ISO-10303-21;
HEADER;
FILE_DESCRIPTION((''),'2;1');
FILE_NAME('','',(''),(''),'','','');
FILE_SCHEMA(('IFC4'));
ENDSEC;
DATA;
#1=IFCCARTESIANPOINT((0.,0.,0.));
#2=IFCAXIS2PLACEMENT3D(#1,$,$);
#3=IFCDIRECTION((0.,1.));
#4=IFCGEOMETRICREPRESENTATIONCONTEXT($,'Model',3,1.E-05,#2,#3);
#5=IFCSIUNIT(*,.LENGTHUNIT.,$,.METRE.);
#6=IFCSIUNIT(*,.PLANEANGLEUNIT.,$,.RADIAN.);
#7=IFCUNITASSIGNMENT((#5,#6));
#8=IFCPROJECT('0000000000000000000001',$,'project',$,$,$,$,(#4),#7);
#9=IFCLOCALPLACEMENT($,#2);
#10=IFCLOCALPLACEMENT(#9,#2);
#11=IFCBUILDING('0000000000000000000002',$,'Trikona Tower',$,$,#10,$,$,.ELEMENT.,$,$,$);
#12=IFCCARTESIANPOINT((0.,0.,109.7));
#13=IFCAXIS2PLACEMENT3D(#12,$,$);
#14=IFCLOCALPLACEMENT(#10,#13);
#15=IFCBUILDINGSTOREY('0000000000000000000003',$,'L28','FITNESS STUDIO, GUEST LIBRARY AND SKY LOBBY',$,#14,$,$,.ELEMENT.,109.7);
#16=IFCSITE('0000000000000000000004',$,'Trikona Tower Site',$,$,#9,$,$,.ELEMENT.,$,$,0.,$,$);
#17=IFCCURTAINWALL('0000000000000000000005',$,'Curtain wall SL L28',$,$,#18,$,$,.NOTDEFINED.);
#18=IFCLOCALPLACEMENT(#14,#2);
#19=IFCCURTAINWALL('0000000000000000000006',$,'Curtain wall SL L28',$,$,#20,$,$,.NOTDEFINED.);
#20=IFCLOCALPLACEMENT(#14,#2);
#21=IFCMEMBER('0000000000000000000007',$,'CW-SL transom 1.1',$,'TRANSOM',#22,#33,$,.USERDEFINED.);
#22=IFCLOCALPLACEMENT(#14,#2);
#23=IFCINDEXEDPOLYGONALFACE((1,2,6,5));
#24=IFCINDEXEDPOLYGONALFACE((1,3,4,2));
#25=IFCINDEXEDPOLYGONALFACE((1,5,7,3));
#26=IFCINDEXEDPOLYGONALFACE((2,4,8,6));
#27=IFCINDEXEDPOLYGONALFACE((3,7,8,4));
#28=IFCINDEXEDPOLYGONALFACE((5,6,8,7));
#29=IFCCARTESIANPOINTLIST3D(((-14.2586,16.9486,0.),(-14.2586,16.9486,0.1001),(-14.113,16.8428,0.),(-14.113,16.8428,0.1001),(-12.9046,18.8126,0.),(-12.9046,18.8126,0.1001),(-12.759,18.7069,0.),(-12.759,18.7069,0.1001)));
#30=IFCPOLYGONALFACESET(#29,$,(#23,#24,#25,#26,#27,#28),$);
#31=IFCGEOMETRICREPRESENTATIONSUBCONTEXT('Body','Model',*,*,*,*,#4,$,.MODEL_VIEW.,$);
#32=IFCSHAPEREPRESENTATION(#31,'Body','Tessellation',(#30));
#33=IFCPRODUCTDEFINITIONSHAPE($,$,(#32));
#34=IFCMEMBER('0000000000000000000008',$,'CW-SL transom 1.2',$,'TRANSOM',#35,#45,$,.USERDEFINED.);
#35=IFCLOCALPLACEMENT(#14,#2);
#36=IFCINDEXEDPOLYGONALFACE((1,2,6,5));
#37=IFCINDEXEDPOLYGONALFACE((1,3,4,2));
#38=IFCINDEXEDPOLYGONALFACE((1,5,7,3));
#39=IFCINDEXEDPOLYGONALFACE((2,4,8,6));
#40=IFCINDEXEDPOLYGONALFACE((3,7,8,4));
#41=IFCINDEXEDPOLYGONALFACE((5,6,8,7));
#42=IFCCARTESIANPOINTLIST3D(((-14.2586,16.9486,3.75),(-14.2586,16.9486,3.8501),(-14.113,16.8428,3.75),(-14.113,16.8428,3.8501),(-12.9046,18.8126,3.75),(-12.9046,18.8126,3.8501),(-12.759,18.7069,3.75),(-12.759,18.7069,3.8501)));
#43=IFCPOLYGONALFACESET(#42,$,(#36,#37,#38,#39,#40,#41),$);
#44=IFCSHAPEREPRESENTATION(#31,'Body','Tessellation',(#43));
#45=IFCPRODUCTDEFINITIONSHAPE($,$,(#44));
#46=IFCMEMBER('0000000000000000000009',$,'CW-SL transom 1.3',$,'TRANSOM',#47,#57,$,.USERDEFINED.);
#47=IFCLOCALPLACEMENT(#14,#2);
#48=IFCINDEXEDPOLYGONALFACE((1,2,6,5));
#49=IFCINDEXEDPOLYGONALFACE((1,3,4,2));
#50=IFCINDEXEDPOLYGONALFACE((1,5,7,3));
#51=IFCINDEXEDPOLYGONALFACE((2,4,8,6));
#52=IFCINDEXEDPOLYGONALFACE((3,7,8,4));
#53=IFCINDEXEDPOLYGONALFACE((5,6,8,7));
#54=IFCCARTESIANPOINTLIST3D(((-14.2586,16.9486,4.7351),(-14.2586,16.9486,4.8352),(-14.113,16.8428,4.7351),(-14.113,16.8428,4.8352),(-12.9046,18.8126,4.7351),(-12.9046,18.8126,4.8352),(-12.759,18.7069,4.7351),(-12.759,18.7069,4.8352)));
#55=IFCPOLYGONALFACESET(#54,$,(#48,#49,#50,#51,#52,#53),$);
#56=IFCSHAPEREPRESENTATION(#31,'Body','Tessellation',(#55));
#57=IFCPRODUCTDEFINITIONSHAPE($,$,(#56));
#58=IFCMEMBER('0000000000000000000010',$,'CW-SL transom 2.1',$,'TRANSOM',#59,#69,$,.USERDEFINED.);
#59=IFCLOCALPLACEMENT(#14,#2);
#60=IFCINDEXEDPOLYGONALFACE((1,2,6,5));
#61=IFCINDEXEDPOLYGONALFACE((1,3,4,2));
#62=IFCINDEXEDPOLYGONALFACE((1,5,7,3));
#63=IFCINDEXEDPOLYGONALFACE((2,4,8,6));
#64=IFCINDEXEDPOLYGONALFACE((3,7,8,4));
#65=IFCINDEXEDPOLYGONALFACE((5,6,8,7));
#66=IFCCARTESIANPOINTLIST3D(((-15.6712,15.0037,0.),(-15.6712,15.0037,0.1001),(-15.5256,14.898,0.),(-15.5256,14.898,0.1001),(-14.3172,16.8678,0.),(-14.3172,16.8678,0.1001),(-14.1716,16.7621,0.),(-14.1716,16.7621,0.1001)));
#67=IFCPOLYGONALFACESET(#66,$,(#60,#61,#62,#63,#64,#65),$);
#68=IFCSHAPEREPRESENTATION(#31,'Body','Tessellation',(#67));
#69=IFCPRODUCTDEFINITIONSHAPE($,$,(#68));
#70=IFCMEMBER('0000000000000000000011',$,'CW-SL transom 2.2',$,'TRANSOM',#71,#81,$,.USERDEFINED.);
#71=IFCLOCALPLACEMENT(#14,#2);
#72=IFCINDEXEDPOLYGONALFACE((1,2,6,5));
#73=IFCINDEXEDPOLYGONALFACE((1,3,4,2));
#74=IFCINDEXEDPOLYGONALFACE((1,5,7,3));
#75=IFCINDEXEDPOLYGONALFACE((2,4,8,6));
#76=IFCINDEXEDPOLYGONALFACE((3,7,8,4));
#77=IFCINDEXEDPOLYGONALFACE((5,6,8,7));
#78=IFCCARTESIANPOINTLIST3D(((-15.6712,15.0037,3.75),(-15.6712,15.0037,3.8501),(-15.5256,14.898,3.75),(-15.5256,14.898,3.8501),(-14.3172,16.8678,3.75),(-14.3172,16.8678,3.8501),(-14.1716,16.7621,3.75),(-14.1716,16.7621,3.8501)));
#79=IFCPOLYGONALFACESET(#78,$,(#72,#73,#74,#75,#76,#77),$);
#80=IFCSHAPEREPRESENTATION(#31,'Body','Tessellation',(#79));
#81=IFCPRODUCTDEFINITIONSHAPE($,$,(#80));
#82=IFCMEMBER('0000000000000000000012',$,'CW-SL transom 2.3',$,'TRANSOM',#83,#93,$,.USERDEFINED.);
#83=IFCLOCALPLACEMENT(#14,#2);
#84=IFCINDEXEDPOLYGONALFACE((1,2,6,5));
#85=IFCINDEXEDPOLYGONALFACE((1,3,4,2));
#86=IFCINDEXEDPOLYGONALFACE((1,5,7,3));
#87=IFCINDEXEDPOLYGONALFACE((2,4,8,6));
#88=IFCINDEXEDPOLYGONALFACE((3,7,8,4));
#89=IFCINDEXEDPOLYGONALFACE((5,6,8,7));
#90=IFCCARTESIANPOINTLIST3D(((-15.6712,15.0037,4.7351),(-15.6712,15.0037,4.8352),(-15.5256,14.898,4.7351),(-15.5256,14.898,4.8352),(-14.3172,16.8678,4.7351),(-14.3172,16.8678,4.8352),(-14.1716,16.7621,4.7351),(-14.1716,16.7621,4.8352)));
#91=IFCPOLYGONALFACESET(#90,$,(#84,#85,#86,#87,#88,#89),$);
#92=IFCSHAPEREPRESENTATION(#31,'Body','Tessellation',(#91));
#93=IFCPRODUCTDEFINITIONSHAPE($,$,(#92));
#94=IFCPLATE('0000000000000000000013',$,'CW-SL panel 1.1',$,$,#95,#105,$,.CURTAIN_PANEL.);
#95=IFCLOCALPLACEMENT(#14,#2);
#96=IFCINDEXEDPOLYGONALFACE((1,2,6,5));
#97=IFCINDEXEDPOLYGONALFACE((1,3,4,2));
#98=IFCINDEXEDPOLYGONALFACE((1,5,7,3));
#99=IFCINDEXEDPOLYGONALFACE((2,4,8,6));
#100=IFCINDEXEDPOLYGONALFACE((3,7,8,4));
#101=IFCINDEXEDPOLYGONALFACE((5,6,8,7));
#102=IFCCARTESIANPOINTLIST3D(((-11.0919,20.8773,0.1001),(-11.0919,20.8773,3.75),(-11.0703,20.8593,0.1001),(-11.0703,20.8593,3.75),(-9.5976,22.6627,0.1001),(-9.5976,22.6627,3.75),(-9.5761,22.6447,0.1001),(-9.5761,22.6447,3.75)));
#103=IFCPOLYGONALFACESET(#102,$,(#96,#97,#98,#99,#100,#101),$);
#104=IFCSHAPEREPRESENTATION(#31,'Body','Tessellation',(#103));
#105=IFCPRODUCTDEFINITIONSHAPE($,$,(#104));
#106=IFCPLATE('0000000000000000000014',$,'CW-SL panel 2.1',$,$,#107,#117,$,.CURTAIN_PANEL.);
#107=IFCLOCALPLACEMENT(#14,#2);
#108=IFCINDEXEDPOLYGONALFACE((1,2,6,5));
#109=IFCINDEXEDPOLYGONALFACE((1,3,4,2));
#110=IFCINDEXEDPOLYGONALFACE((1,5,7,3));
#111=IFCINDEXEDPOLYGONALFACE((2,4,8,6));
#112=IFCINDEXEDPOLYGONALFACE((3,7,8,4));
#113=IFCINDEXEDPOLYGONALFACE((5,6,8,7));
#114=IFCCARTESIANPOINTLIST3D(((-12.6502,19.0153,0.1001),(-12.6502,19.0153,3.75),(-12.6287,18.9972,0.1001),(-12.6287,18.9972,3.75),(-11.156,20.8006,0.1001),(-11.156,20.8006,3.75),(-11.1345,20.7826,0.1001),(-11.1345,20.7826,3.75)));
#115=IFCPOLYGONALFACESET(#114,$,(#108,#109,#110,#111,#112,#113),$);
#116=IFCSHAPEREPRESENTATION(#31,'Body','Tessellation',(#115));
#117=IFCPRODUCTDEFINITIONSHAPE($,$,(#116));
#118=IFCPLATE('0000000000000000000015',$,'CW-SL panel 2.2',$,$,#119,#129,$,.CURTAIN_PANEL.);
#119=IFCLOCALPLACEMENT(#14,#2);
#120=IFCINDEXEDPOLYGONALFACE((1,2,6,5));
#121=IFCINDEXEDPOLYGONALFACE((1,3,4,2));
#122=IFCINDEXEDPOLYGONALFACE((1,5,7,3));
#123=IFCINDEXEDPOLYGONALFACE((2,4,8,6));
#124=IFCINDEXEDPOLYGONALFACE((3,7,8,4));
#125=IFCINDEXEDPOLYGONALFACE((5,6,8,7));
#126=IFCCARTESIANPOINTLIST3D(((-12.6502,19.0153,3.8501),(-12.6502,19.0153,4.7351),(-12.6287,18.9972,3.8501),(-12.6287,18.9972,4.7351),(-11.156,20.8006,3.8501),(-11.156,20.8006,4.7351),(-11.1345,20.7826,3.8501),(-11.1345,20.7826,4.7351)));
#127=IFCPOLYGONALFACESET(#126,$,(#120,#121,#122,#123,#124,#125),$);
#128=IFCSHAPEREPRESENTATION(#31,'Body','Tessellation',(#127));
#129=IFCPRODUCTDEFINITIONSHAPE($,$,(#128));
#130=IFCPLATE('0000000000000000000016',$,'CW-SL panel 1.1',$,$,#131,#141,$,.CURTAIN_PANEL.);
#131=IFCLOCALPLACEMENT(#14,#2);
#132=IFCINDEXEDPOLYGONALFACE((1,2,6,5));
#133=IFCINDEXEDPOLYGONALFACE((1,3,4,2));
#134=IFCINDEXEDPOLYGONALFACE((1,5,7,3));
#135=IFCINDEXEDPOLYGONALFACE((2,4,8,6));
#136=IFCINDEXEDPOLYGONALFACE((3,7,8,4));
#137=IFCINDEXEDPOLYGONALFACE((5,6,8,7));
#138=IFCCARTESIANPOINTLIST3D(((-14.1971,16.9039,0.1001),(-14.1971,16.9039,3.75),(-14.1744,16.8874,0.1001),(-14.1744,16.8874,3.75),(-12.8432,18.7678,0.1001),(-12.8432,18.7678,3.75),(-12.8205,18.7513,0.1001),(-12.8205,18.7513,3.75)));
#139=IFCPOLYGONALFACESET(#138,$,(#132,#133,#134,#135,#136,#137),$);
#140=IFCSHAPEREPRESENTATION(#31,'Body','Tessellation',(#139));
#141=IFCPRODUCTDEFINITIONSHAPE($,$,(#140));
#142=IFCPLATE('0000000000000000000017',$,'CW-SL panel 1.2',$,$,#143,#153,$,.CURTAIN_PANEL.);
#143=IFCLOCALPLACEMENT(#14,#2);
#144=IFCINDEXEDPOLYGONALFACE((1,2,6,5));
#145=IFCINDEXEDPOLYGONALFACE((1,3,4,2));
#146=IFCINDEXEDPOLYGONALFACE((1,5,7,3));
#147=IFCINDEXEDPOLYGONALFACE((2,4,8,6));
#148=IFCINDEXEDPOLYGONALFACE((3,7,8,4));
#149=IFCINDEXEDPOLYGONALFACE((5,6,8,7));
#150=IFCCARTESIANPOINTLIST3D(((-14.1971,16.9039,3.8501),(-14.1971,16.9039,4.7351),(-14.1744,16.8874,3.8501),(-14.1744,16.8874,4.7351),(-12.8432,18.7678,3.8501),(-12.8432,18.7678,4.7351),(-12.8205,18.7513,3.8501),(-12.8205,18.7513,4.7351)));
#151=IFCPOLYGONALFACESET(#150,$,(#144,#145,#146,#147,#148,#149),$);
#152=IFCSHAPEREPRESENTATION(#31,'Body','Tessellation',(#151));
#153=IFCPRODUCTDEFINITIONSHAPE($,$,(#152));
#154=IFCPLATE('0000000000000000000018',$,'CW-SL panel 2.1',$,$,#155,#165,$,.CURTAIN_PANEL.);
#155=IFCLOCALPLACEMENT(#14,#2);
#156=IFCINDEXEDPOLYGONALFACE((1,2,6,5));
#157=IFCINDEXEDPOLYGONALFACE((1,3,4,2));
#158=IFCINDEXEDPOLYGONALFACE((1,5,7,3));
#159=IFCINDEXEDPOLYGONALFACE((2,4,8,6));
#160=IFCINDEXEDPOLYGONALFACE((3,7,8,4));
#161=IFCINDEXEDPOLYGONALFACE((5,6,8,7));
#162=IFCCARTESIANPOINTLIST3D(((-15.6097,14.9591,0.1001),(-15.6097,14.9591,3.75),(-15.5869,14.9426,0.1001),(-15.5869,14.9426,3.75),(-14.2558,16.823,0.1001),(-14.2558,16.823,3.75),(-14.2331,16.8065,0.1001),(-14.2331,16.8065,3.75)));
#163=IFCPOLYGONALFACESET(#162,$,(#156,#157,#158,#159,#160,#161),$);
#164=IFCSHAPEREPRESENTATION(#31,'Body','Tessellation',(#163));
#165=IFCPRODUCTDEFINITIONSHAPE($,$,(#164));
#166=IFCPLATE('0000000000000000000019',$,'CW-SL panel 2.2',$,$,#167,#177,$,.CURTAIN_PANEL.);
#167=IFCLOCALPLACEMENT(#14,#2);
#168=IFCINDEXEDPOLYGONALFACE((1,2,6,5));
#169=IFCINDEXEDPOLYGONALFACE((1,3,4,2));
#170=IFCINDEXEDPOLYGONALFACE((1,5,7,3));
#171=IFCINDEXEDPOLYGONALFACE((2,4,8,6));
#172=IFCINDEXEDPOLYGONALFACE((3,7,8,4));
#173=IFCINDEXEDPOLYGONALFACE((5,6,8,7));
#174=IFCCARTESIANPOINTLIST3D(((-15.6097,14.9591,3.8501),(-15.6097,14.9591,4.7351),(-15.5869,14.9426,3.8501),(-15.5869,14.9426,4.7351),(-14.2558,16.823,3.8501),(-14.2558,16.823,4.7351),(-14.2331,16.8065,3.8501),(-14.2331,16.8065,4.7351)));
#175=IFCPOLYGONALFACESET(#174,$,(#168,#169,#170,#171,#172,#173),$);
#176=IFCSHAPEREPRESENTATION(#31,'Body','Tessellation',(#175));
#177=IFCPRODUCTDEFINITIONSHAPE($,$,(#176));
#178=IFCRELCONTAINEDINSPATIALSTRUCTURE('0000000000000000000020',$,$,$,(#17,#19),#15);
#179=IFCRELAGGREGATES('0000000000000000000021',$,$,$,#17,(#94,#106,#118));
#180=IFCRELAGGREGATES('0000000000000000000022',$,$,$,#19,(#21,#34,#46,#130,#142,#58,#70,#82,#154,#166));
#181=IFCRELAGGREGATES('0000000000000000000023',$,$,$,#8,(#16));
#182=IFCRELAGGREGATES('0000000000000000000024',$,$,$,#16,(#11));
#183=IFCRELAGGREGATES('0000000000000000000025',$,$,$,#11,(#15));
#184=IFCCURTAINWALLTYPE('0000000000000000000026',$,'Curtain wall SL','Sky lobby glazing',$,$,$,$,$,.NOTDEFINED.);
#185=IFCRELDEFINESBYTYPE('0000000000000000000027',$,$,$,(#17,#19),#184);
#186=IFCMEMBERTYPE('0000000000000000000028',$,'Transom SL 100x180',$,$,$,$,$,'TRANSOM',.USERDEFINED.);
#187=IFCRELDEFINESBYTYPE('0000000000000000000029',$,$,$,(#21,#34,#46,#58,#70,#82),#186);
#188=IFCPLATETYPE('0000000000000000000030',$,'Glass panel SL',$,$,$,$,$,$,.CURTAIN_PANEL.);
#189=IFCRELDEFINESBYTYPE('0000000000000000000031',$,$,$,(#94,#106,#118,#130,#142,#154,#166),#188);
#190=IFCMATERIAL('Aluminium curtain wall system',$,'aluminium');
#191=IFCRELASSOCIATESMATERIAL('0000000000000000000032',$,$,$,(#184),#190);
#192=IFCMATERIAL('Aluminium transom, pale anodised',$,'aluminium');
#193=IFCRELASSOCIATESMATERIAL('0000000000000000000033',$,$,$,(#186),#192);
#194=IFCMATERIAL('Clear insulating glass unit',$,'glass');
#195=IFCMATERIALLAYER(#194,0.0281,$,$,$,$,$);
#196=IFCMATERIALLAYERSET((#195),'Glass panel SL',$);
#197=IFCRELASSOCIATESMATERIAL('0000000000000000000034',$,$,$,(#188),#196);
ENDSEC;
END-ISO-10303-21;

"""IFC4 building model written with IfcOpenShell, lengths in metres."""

from ifc_helpers import new_model, si_unit, direction, frame, origin, origin_2d, place, context, subcontext, project, spatial, rectangle, extrude, material, layer, layer_set, material_profile, profile_set, type_object, element, aggregate, save


model = new_model("IFC4")

# Units and contexts
model_context = context("Model", 3, precision=1e-05, world=origin(), true_north=direction((0.0, 1.0)))
body_context = subcontext(model_context, "Body", "Model", "MODEL_VIEW")
ifc_project = project(units=[si_unit("LENGTHUNIT", "METRE"), si_unit("PLANEANGLEUNIT", "RADIAN")], contexts=[model_context])

# Site, building, storey
site_placement = place(None, origin())
site = spatial("IfcSite", under=ifc_project, at=site_placement, Name="Trikona Tower Site", CompositionType="ELEMENT", RefElevation=0.0)
building_placement = place(site_placement, origin())
building = spatial("IfcBuilding", under=site, at=building_placement, Name="Trikona Tower", CompositionType="ELEMENT")
storey_placement = place(building_placement, frame((0.0, 0.0, 109.7)))
storey = spatial("IfcBuildingStorey", under=building, at=storey_placement, Name="L28", Description="FITNESS STUDIO, GUEST LIBRARY AND SKY LOBBY", CompositionType="ELEMENT", Elevation=109.7)

# Curtain walls
ifc_material_1 = material(Name="Aluminium curtain wall system", Category="aluminium")
curtain_wall_type = type_object("IfcCurtainWallType", Name="Curtain wall SL", Description="Sky lobby glazing", PredefinedType="NOTDEFINED", material=ifc_material_1)
curtain_wall_1_placement = place(storey_placement, origin())
curtain_wall_1 = element("IfcCurtainWall", 1, at=curtain_wall_1_placement, inside=storey, type_object=curtain_wall_type, Name="Curtain wall SL L28", PredefinedType="NOTDEFINED")
curtain_wall_2_placement = place(storey_placement, origin())
curtain_wall_2 = element("IfcCurtainWall", 2, at=curtain_wall_2_placement, inside=storey, type_object=curtain_wall_type, Name="Curtain wall SL L28", PredefinedType="NOTDEFINED")

# Members
ifc_material_2 = material(Name="Aluminium transom, pale anodised", Category="aluminium")
ifc_material_profile_1 = material_profile(ifc_material_2, rectangle(XDim=0.1799, YDim=0.1001, at=origin_2d()), Name="TRN-SL")
ifc_profile_set_1 = profile_set([ifc_material_profile_1], Name="Aluminium transom, pale anodised")
member_type_1 = type_object("IfcMemberType", Name="Transom SL 100x180", ElementType="TRANSOM", PredefinedType="USERDEFINED", material=ifc_profile_set_1)
member_1_placement = place(storey_placement, frame((-12.8318, 18.7598, 0.05), z_axis=(-0.587705, -0.809075, 0.0), x_axis=(0.809075, -0.587705, 0.0)))
member_1 = element("IfcMember", 3, at=member_1_placement, type_object=member_type_1, Name="CW-SL transom 1.1", ObjectType="TRANSOM", PredefinedType="USERDEFINED", context=body_context, shape_type="SweptSolid", body=[
    extrude(rectangle(XDim=0.1799, YDim=0.1001, at=origin_2d()), origin(), (0.0, 0.0, 1.0), 2.304),
])
member_2_placement = place(storey_placement, frame((-12.8318, 18.7598, 3.8), z_axis=(-0.587705, -0.809075, 0.0), x_axis=(0.809075, -0.587705, 0.0)))
member_2 = element("IfcMember", 4, at=member_2_placement, type_object=member_type_1, Name="CW-SL transom 1.2", ObjectType="TRANSOM", PredefinedType="USERDEFINED", context=body_context, shape_type="SweptSolid", body=[
    extrude(rectangle(XDim=0.1799, YDim=0.1001, at=origin_2d()), origin(), (0.0, 0.0, 1.0), 2.304),
])
member_3_placement = place(storey_placement, frame((-12.8318, 18.7598, 4.7852), z_axis=(-0.587705, -0.809075, 0.0), x_axis=(0.809075, -0.587705, 0.0)))
member_3 = element("IfcMember", 5, at=member_3_placement, type_object=member_type_1, Name="CW-SL transom 1.3", ObjectType="TRANSOM", PredefinedType="USERDEFINED", context=body_context, shape_type="SweptSolid", body=[
    extrude(rectangle(XDim=0.1799, YDim=0.1001, at=origin_2d()), origin(), (0.0, 0.0, 1.0), 2.304),
])
member_4_placement = place(storey_placement, frame((-14.2444, 16.8149, 0.05), z_axis=(-0.587705, -0.809075, 0.0), x_axis=(0.809075, -0.587705, 0.0)))
member_4 = element("IfcMember", 6, at=member_4_placement, type_object=member_type_1, Name="CW-SL transom 2.1", ObjectType="TRANSOM", PredefinedType="USERDEFINED", context=body_context, shape_type="SweptSolid", body=[
    extrude(rectangle(XDim=0.1799, YDim=0.1001, at=origin_2d()), origin(), (0.0, 0.0, 1.0), 2.304),
])
member_5_placement = place(storey_placement, frame((-14.2444, 16.8149, 3.8), z_axis=(-0.587705, -0.809075, 0.0), x_axis=(0.809075, -0.587705, 0.0)))
member_5 = element("IfcMember", 7, at=member_5_placement, type_object=member_type_1, Name="CW-SL transom 2.2", ObjectType="TRANSOM", PredefinedType="USERDEFINED", context=body_context, shape_type="SweptSolid", body=[
    extrude(rectangle(XDim=0.1799, YDim=0.1001, at=origin_2d()), origin(), (0.0, 0.0, 1.0), 2.304),
])
member_6_placement = place(storey_placement, frame((-14.2444, 16.8149, 4.7852), z_axis=(-0.587705, -0.809075, 0.0), x_axis=(0.809075, -0.587705, 0.0)))
member_6 = element("IfcMember", 8, at=member_6_placement, type_object=member_type_1, Name="CW-SL transom 2.3", ObjectType="TRANSOM", PredefinedType="USERDEFINED", context=body_context, shape_type="SweptSolid", body=[
    extrude(rectangle(XDim=0.1799, YDim=0.1001, at=origin_2d()), origin(), (0.0, 0.0, 1.0), 2.304),
])

# Plates
ifc_material_3 = material(Name="Clear insulating glass unit", Category="glass")
ifc_layer_1 = layer(ifc_material_3, 0.0281)
ifc_layer_set_1 = layer_set([ifc_layer_1], Name="Glass panel SL")
plate_type = type_object("IfcPlateType", Name="Glass panel SL", PredefinedType="CURTAIN_PANEL", material=ifc_layer_set_1)
plate_1_placement = place(storey_placement, frame((-10.334, 21.761, 0.1001), z_axis=(0.0, 0.0, 1.0), x_axis=(-0.641806, -0.766867, 0.0)))
plate_1 = element("IfcPlate", 9, at=plate_1_placement, type_object=plate_type, Name="CW-SL panel 1.1", PredefinedType="CURTAIN_PANEL", context=body_context, shape_type="SweptSolid", body=[
    extrude(rectangle(XDim=2.3281, YDim=0.0281, at=origin_2d()), origin(), (0.0, 0.0, 1.0), 3.6499),
])
plate_2_placement = place(storey_placement, frame((-11.8923, 19.8989, 0.1001), z_axis=(0.0, 0.0, 1.0), x_axis=(-0.641806, -0.766867, 0.0)))
plate_2 = element("IfcPlate", 10, at=plate_2_placement, type_object=plate_type, Name="CW-SL panel 2.1", PredefinedType="CURTAIN_PANEL", context=body_context, shape_type="SweptSolid", body=[
    extrude(rectangle(XDim=2.3281, YDim=0.0281, at=origin_2d()), origin(), (0.0, 0.0, 1.0), 3.6499),
])
plate_3_placement = place(storey_placement, frame((-11.8923, 19.8989, 3.8501), z_axis=(0.0, 0.0, 1.0), x_axis=(-0.641806, -0.766867, 0.0)))
plate_3 = element("IfcPlate", 11, at=plate_3_placement, type_object=plate_type, Name="CW-SL panel 2.2", PredefinedType="CURTAIN_PANEL", context=body_context, shape_type="SweptSolid", body=[
    extrude(rectangle(XDim=2.3281, YDim=0.0281, at=origin_2d()), origin(), (0.0, 0.0, 1.0), 0.885),
])
aggregate(curtain_wall_1, [plate_1, plate_2, plate_3])
plate_4_placement = place(storey_placement, frame((-13.5088, 17.8276, 0.1001), z_axis=(0.0, 0.0, 1.0), x_axis=(-0.587677, -0.809095, 0.0)))
plate_4 = element("IfcPlate", 12, at=plate_4_placement, type_object=plate_type, Name="CW-SL panel 1.1", PredefinedType="CURTAIN_PANEL", context=body_context, shape_type="SweptSolid", body=[
    extrude(rectangle(XDim=2.3037, YDim=0.0281, at=origin_2d()), origin(), (0.0, 0.0, 1.0), 3.6499),
])
plate_5_placement = place(storey_placement, frame((-13.5088, 17.8276, 3.8501), z_axis=(0.0, 0.0, 1.0), x_axis=(-0.587677, -0.809095, 0.0)))
plate_5 = element("IfcPlate", 13, at=plate_5_placement, type_object=plate_type, Name="CW-SL panel 1.2", PredefinedType="CURTAIN_PANEL", context=body_context, shape_type="SweptSolid", body=[
    extrude(rectangle(XDim=2.3037, YDim=0.0281, at=origin_2d()), origin(), (0.0, 0.0, 1.0), 0.885),
])
plate_6_placement = place(storey_placement, frame((-14.9214, 15.8828, 0.1001), z_axis=(0.0, 0.0, 1.0), x_axis=(-0.587677, -0.809095, 0.0)))
plate_6 = element("IfcPlate", 14, at=plate_6_placement, type_object=plate_type, Name="CW-SL panel 2.1", PredefinedType="CURTAIN_PANEL", context=body_context, shape_type="SweptSolid", body=[
    extrude(rectangle(XDim=2.3037, YDim=0.0281, at=origin_2d()), origin(), (0.0, 0.0, 1.0), 3.6499),
])
plate_7_placement = place(storey_placement, frame((-14.9214, 15.8828, 3.8501), z_axis=(0.0, 0.0, 1.0), x_axis=(-0.587677, -0.809095, 0.0)))
plate_7 = element("IfcPlate", 15, at=plate_7_placement, type_object=plate_type, Name="CW-SL panel 2.2", PredefinedType="CURTAIN_PANEL", context=body_context, shape_type="SweptSolid", body=[
    extrude(rectangle(XDim=2.3037, YDim=0.0281, at=origin_2d()), origin(), (0.0, 0.0, 1.0), 0.885),
])
aggregate(curtain_wall_2, [member_1, member_2, member_3, plate_4, plate_5, member_4, member_5, member_6, plate_6, plate_7])

save(model, "model.ifc")
